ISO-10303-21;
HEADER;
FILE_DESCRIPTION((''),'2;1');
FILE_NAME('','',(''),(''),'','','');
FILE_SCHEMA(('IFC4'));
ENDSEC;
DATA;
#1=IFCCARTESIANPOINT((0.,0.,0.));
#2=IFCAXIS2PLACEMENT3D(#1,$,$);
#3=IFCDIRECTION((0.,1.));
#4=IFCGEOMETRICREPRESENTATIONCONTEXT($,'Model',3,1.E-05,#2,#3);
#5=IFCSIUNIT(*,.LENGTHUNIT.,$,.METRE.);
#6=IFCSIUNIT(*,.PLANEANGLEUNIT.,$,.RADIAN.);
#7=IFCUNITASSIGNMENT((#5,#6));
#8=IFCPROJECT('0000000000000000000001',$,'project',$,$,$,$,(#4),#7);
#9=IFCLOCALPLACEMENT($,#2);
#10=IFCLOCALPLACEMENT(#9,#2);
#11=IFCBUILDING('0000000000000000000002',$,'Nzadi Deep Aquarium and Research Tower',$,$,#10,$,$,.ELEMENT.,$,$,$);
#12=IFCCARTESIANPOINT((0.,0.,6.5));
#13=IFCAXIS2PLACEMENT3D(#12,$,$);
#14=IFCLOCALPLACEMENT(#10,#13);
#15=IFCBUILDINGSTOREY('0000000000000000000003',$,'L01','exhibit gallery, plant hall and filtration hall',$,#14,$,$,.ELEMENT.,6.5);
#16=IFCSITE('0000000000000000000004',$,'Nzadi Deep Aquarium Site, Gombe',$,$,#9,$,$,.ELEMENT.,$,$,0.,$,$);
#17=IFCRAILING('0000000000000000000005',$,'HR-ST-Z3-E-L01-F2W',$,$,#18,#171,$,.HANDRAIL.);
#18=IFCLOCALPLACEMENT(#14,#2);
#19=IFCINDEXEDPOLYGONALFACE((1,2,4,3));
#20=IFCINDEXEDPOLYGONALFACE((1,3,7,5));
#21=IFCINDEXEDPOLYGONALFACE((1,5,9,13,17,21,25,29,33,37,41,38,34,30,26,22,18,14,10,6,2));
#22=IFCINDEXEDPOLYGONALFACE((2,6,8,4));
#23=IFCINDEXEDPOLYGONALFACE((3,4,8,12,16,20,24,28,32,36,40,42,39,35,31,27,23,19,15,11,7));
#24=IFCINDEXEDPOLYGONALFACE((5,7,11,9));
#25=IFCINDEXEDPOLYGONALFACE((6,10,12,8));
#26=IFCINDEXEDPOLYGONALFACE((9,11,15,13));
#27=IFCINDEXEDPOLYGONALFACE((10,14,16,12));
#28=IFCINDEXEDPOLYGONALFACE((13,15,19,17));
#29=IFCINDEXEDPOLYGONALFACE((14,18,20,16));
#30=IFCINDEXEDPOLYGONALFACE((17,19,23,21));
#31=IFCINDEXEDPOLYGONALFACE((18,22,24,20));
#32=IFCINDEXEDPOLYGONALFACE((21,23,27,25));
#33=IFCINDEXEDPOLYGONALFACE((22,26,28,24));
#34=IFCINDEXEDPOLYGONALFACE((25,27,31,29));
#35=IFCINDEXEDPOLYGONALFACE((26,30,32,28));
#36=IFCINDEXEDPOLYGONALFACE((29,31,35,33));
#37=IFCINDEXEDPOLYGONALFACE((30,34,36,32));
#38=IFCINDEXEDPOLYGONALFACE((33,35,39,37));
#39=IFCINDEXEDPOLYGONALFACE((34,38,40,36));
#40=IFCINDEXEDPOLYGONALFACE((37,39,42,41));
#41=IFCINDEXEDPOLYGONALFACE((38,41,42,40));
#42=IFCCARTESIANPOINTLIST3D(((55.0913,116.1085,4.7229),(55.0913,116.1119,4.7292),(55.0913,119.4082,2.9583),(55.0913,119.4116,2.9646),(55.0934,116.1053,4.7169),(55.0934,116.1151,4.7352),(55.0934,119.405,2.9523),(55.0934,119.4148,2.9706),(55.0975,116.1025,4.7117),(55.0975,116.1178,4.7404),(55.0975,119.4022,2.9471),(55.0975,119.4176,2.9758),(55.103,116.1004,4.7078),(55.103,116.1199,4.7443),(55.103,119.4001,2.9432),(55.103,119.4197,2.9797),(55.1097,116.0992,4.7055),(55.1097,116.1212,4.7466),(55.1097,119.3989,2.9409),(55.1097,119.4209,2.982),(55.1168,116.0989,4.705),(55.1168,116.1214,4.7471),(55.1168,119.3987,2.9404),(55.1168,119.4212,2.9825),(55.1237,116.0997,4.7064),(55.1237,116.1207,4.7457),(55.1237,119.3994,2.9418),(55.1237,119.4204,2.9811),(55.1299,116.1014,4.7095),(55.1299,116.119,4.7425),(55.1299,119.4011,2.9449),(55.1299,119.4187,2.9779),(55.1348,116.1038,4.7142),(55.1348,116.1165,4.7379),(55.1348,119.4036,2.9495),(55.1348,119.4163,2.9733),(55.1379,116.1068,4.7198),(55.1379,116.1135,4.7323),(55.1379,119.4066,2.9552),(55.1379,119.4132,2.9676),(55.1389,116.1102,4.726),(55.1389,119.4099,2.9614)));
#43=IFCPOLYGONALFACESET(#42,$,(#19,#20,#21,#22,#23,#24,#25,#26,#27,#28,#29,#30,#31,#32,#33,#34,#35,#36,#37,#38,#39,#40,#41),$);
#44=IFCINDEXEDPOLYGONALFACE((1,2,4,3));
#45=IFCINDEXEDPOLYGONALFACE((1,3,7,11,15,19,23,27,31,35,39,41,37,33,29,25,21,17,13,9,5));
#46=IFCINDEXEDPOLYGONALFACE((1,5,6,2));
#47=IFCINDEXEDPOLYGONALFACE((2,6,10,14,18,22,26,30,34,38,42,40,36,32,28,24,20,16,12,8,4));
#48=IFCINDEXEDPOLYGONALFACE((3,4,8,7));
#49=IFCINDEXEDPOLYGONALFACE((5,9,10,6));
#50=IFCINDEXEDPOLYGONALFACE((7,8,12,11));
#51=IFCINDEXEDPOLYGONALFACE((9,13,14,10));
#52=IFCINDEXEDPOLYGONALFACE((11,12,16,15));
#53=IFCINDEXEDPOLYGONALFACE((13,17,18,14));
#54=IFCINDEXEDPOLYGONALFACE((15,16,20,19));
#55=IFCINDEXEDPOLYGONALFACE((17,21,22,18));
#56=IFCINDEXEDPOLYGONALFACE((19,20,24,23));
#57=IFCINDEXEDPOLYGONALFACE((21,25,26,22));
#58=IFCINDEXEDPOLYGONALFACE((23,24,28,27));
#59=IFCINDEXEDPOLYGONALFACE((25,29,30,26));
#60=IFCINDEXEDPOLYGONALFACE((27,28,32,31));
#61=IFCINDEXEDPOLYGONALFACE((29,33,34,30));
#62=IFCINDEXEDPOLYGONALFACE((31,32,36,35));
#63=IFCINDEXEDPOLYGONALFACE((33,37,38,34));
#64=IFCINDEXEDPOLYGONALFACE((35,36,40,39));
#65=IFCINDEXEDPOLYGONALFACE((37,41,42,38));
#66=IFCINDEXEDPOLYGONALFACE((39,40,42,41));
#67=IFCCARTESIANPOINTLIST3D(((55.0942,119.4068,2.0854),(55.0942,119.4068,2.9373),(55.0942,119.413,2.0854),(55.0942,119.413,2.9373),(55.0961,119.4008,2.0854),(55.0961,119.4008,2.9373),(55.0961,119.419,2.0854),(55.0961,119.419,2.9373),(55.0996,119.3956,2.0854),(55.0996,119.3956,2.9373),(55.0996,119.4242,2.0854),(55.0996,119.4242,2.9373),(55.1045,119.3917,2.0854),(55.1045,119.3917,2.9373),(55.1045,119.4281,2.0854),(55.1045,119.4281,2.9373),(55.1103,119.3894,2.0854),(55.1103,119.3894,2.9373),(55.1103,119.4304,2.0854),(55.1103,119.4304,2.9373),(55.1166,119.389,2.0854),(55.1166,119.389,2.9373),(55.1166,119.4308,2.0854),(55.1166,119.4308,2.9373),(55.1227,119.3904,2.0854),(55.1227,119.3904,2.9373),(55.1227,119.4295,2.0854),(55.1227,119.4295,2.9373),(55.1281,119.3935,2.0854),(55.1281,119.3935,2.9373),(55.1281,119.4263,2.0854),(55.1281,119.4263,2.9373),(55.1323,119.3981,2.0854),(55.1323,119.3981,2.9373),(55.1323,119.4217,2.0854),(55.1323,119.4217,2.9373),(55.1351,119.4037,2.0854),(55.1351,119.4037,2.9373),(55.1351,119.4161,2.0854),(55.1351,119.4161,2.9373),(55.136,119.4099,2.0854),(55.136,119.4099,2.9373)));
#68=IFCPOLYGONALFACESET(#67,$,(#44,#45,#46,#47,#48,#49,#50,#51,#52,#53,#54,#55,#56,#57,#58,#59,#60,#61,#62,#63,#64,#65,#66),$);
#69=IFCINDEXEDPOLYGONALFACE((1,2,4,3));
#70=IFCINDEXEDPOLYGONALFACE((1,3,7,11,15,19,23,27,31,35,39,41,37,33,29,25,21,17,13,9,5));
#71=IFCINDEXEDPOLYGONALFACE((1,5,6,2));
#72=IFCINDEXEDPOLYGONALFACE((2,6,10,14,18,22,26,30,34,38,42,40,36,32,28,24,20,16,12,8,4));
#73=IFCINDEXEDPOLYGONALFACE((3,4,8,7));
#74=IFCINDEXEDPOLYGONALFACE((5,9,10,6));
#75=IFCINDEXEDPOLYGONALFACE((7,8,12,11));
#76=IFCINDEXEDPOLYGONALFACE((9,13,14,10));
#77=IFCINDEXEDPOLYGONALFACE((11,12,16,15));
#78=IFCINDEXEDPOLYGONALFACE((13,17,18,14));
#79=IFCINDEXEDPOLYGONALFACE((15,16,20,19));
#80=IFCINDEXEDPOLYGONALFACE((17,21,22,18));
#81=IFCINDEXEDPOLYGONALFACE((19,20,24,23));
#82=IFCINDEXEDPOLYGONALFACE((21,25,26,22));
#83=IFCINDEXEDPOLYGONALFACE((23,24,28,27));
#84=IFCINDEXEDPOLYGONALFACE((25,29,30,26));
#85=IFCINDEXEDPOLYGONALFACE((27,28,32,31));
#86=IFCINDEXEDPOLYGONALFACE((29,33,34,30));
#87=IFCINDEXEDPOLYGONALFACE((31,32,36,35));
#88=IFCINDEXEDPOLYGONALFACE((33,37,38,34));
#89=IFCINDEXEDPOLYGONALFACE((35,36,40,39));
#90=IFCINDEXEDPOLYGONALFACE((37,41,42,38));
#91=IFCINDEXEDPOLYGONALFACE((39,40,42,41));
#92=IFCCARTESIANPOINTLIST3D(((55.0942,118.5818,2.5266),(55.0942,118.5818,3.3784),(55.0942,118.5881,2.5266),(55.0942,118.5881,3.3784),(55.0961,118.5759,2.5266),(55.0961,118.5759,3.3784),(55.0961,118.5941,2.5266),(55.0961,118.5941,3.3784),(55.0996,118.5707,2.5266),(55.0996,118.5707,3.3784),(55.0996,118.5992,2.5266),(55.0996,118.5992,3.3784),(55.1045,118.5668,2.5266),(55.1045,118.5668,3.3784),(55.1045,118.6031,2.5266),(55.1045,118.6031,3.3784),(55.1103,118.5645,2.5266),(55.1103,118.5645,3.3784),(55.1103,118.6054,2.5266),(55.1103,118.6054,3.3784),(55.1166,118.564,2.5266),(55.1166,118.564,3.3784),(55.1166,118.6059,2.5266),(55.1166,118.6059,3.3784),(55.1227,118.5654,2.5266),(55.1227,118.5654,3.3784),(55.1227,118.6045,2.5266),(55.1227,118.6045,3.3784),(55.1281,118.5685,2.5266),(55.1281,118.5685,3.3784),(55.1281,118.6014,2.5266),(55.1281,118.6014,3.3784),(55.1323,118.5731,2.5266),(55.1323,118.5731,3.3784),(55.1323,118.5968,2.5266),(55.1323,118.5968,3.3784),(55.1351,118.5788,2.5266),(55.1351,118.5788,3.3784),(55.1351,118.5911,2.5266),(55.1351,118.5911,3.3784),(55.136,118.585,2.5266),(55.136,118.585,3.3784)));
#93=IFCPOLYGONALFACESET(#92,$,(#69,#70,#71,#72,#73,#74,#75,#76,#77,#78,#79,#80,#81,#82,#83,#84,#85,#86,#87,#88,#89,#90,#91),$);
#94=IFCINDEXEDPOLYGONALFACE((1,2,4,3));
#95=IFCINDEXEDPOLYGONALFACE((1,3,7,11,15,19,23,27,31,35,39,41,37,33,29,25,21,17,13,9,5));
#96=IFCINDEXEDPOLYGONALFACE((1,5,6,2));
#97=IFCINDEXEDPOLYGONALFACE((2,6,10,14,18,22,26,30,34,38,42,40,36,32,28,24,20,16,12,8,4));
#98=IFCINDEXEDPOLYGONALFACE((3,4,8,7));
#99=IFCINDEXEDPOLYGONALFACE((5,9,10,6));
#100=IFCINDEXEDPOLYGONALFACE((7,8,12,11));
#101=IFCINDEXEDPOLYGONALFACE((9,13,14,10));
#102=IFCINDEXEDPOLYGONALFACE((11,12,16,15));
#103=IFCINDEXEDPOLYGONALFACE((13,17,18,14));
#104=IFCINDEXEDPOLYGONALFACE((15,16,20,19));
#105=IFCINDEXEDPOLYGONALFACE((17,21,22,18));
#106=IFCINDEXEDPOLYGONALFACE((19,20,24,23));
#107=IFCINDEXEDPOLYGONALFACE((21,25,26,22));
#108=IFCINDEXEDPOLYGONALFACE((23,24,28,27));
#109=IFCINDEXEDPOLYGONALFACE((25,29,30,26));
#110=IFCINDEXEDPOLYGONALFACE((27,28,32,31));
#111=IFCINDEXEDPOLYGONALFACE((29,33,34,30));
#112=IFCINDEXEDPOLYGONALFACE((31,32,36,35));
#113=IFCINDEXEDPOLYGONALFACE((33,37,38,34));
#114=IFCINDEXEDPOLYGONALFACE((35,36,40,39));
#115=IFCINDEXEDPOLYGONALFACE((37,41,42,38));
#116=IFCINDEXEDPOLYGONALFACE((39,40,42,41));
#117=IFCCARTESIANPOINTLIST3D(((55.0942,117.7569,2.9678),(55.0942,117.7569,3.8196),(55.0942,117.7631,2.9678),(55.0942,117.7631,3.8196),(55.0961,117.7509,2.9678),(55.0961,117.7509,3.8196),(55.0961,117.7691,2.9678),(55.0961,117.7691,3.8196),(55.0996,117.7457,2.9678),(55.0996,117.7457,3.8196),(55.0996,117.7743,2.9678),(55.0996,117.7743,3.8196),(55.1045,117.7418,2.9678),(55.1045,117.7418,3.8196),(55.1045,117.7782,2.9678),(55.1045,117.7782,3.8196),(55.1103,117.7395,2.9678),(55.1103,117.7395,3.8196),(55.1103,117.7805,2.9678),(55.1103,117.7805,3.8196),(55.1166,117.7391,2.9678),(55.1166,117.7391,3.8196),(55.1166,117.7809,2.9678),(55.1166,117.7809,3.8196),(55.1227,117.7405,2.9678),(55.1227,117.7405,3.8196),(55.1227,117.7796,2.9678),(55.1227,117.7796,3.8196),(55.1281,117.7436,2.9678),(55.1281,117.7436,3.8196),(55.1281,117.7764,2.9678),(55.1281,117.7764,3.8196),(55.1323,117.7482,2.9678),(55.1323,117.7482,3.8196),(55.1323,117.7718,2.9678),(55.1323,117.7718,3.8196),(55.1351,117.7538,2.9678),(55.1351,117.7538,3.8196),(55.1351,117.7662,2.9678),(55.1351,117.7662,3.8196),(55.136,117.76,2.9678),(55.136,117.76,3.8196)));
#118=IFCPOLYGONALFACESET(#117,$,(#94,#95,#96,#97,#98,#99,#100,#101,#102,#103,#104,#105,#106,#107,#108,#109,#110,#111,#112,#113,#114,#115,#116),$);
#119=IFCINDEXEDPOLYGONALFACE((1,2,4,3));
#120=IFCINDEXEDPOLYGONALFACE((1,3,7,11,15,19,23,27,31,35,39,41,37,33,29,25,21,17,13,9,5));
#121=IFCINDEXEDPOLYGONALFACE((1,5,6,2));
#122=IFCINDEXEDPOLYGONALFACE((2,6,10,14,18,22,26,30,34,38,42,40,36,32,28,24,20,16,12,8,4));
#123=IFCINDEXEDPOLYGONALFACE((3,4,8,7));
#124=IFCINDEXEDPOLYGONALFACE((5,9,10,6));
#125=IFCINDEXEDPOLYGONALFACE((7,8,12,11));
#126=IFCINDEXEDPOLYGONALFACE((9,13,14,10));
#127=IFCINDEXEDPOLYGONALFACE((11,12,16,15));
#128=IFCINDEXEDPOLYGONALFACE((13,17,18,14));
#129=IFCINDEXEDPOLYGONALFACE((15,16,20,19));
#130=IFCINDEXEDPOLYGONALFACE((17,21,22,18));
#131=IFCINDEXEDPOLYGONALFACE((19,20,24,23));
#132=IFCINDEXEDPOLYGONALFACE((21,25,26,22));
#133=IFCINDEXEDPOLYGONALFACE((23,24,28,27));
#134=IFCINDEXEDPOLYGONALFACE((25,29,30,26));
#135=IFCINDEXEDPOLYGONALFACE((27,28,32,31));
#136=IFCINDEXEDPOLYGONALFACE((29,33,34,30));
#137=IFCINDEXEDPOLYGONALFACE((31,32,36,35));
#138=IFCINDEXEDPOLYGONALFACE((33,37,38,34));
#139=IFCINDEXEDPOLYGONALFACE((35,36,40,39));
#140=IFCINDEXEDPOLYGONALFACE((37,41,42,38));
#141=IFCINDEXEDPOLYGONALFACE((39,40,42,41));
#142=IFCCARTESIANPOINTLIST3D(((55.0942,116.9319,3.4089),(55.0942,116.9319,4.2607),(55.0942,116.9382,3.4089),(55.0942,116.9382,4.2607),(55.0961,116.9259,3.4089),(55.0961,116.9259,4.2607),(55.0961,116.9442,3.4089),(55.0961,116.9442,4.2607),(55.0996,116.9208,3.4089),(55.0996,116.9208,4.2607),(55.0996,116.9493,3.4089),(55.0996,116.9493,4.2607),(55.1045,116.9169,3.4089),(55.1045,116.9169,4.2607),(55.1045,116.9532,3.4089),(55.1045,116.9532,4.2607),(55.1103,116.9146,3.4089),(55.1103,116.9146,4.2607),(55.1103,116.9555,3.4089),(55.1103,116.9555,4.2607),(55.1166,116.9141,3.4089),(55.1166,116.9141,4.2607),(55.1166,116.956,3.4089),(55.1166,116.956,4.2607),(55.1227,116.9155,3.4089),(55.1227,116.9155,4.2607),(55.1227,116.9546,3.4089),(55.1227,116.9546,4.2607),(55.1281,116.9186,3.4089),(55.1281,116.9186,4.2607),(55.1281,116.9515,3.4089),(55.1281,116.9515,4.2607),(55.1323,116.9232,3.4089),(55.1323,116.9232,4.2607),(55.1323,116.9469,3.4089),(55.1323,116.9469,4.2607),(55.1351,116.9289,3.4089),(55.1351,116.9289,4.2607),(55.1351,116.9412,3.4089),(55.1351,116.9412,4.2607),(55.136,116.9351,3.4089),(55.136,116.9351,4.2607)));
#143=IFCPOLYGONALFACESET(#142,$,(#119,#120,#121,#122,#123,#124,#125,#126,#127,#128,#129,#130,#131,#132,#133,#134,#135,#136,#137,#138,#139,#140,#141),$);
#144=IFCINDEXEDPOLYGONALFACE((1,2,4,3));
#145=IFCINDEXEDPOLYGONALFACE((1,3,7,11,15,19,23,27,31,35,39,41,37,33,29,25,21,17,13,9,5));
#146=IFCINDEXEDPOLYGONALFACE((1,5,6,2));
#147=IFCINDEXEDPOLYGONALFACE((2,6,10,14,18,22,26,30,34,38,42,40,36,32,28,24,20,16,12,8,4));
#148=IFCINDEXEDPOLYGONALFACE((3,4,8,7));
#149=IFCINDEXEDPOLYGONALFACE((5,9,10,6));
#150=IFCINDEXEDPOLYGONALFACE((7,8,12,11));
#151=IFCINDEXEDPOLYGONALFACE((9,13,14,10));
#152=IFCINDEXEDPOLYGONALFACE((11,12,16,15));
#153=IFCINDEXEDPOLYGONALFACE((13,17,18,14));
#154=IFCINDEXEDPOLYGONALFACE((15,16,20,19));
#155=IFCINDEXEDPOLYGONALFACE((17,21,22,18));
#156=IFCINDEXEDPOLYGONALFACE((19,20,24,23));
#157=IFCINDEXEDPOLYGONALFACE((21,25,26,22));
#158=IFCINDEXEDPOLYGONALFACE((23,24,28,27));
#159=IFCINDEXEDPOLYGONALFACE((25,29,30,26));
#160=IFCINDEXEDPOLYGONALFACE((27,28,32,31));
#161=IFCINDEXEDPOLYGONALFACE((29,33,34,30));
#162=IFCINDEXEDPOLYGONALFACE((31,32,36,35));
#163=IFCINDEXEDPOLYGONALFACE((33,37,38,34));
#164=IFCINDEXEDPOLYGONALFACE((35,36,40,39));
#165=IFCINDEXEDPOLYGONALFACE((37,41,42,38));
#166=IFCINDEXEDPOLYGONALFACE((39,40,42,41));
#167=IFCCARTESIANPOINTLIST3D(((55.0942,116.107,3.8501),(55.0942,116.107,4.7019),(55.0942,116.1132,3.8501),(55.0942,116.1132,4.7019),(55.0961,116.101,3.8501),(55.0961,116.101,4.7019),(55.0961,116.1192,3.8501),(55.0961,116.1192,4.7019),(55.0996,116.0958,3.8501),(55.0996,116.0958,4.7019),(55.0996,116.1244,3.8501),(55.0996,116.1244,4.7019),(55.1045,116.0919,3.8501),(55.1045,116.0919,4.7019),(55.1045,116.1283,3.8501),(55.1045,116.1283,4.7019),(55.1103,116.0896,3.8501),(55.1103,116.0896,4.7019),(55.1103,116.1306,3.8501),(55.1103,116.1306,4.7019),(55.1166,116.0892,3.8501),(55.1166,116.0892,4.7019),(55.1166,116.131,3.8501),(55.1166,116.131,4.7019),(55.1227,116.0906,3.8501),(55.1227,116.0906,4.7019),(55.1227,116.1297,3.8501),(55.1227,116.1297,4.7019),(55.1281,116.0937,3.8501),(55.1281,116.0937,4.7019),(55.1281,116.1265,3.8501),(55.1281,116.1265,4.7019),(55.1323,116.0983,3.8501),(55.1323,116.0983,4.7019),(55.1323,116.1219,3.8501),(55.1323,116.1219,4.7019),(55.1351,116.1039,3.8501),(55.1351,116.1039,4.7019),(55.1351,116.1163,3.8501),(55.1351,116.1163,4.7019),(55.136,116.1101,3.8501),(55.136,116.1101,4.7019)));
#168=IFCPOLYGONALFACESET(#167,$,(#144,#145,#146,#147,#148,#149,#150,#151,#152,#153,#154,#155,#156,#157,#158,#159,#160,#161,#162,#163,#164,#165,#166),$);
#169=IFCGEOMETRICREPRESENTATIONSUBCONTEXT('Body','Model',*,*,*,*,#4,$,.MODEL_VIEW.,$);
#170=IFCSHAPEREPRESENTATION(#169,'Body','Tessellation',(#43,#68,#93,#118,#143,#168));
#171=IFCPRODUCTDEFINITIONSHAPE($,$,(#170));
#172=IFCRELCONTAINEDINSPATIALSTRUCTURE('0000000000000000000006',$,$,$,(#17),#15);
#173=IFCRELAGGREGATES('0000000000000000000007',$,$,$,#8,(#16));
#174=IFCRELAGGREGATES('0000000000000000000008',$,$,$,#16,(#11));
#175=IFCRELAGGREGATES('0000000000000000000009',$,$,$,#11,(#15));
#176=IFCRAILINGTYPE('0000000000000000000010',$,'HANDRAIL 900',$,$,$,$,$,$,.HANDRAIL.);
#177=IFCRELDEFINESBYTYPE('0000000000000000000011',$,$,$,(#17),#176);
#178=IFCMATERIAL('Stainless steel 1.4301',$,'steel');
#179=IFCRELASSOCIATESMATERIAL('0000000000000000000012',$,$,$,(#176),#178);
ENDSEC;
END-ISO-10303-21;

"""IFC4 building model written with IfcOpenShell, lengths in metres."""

from ifc_helpers import new_model, si_unit, direction, frame, origin, origin_2d, place, context, subcontext, project, spatial, circle, extrude, material, type_object, element, save


model = new_model("IFC4")

# Units and contexts
model_context = context("Model", 3, precision=1e-05, world=origin(), true_north=direction((0.0, 1.0)))
body_context = subcontext(model_context, "Body", "Model", "MODEL_VIEW")
ifc_project = project(units=[si_unit("LENGTHUNIT", "METRE"), si_unit("PLANEANGLEUNIT", "RADIAN")], contexts=[model_context])

# Site, building, storey
site_placement = place(None, origin())
site = spatial("IfcSite", under=ifc_project, at=site_placement, Name="Nzadi Deep Aquarium Site, Gombe", CompositionType="ELEMENT", RefElevation=0.0)
building_placement = place(site_placement, origin())
building = spatial("IfcBuilding", under=site, at=building_placement, Name="Nzadi Deep Aquarium and Research Tower", CompositionType="ELEMENT")
storey_placement = place(building_placement, frame((0.0, 0.0, 6.5)))
storey = spatial("IfcBuildingStorey", under=building, at=storey_placement, Name="L01", Description="exhibit gallery, plant hall and filtration hall", CompositionType="ELEMENT", Elevation=6.5)

# Railing
ifc_material_1 = material(Name="Stainless steel 1.4301", Category="steel")
railing_type = type_object("IfcRailingType", Name="HANDRAIL 900", PredefinedType="HANDRAIL", material=ifc_material_1)
for number, where, name in (
    (1, (55.115, 119.4099, 2.0854), "HR-ST-Z3-E-L01-F2W"),
):
    element("IfcRailing", number, at=place(storey_placement, frame(where)), inside=storey, type_object=railing_type, Name=name, PredefinedType="HANDRAIL", context=body_context, shape_type="SweptSolid", body=[
        extrude(circle(Radius=0.0239, at=origin_2d()), frame((0.0, 0.0, 0.876), z_axis=(0.0, -0.881825, 0.471577), x_axis=(1.0, 0.0, 0.0)), (0.0, 0.0, 1.0), 3.7419),
        extrude(circle(Radius=0.021, at=origin_2d()), origin(), (0.0, 0.0, 1.0), 0.8518),
        extrude(circle(Radius=0.021, at=origin_2d()), frame((0.0, -0.825, 0.4412)), (0.0, 0.0, 1.0), 0.8518),
        extrude(circle(Radius=0.021, at=origin_2d()), frame((0.0, -1.6499, 0.8823)), (0.0, 0.0, 1.0), 0.8518),
        extrude(circle(Radius=0.021, at=origin_2d()), frame((0.0, -2.4749, 1.3235)), (0.0, 0.0, 1.0), 0.8518),
        extrude(circle(Radius=0.021, at=origin_2d()), frame((0.0, -3.2998, 1.7646)), (0.0, 0.0, 1.0), 0.8518),
    ])

save(model, "model.ifc")
